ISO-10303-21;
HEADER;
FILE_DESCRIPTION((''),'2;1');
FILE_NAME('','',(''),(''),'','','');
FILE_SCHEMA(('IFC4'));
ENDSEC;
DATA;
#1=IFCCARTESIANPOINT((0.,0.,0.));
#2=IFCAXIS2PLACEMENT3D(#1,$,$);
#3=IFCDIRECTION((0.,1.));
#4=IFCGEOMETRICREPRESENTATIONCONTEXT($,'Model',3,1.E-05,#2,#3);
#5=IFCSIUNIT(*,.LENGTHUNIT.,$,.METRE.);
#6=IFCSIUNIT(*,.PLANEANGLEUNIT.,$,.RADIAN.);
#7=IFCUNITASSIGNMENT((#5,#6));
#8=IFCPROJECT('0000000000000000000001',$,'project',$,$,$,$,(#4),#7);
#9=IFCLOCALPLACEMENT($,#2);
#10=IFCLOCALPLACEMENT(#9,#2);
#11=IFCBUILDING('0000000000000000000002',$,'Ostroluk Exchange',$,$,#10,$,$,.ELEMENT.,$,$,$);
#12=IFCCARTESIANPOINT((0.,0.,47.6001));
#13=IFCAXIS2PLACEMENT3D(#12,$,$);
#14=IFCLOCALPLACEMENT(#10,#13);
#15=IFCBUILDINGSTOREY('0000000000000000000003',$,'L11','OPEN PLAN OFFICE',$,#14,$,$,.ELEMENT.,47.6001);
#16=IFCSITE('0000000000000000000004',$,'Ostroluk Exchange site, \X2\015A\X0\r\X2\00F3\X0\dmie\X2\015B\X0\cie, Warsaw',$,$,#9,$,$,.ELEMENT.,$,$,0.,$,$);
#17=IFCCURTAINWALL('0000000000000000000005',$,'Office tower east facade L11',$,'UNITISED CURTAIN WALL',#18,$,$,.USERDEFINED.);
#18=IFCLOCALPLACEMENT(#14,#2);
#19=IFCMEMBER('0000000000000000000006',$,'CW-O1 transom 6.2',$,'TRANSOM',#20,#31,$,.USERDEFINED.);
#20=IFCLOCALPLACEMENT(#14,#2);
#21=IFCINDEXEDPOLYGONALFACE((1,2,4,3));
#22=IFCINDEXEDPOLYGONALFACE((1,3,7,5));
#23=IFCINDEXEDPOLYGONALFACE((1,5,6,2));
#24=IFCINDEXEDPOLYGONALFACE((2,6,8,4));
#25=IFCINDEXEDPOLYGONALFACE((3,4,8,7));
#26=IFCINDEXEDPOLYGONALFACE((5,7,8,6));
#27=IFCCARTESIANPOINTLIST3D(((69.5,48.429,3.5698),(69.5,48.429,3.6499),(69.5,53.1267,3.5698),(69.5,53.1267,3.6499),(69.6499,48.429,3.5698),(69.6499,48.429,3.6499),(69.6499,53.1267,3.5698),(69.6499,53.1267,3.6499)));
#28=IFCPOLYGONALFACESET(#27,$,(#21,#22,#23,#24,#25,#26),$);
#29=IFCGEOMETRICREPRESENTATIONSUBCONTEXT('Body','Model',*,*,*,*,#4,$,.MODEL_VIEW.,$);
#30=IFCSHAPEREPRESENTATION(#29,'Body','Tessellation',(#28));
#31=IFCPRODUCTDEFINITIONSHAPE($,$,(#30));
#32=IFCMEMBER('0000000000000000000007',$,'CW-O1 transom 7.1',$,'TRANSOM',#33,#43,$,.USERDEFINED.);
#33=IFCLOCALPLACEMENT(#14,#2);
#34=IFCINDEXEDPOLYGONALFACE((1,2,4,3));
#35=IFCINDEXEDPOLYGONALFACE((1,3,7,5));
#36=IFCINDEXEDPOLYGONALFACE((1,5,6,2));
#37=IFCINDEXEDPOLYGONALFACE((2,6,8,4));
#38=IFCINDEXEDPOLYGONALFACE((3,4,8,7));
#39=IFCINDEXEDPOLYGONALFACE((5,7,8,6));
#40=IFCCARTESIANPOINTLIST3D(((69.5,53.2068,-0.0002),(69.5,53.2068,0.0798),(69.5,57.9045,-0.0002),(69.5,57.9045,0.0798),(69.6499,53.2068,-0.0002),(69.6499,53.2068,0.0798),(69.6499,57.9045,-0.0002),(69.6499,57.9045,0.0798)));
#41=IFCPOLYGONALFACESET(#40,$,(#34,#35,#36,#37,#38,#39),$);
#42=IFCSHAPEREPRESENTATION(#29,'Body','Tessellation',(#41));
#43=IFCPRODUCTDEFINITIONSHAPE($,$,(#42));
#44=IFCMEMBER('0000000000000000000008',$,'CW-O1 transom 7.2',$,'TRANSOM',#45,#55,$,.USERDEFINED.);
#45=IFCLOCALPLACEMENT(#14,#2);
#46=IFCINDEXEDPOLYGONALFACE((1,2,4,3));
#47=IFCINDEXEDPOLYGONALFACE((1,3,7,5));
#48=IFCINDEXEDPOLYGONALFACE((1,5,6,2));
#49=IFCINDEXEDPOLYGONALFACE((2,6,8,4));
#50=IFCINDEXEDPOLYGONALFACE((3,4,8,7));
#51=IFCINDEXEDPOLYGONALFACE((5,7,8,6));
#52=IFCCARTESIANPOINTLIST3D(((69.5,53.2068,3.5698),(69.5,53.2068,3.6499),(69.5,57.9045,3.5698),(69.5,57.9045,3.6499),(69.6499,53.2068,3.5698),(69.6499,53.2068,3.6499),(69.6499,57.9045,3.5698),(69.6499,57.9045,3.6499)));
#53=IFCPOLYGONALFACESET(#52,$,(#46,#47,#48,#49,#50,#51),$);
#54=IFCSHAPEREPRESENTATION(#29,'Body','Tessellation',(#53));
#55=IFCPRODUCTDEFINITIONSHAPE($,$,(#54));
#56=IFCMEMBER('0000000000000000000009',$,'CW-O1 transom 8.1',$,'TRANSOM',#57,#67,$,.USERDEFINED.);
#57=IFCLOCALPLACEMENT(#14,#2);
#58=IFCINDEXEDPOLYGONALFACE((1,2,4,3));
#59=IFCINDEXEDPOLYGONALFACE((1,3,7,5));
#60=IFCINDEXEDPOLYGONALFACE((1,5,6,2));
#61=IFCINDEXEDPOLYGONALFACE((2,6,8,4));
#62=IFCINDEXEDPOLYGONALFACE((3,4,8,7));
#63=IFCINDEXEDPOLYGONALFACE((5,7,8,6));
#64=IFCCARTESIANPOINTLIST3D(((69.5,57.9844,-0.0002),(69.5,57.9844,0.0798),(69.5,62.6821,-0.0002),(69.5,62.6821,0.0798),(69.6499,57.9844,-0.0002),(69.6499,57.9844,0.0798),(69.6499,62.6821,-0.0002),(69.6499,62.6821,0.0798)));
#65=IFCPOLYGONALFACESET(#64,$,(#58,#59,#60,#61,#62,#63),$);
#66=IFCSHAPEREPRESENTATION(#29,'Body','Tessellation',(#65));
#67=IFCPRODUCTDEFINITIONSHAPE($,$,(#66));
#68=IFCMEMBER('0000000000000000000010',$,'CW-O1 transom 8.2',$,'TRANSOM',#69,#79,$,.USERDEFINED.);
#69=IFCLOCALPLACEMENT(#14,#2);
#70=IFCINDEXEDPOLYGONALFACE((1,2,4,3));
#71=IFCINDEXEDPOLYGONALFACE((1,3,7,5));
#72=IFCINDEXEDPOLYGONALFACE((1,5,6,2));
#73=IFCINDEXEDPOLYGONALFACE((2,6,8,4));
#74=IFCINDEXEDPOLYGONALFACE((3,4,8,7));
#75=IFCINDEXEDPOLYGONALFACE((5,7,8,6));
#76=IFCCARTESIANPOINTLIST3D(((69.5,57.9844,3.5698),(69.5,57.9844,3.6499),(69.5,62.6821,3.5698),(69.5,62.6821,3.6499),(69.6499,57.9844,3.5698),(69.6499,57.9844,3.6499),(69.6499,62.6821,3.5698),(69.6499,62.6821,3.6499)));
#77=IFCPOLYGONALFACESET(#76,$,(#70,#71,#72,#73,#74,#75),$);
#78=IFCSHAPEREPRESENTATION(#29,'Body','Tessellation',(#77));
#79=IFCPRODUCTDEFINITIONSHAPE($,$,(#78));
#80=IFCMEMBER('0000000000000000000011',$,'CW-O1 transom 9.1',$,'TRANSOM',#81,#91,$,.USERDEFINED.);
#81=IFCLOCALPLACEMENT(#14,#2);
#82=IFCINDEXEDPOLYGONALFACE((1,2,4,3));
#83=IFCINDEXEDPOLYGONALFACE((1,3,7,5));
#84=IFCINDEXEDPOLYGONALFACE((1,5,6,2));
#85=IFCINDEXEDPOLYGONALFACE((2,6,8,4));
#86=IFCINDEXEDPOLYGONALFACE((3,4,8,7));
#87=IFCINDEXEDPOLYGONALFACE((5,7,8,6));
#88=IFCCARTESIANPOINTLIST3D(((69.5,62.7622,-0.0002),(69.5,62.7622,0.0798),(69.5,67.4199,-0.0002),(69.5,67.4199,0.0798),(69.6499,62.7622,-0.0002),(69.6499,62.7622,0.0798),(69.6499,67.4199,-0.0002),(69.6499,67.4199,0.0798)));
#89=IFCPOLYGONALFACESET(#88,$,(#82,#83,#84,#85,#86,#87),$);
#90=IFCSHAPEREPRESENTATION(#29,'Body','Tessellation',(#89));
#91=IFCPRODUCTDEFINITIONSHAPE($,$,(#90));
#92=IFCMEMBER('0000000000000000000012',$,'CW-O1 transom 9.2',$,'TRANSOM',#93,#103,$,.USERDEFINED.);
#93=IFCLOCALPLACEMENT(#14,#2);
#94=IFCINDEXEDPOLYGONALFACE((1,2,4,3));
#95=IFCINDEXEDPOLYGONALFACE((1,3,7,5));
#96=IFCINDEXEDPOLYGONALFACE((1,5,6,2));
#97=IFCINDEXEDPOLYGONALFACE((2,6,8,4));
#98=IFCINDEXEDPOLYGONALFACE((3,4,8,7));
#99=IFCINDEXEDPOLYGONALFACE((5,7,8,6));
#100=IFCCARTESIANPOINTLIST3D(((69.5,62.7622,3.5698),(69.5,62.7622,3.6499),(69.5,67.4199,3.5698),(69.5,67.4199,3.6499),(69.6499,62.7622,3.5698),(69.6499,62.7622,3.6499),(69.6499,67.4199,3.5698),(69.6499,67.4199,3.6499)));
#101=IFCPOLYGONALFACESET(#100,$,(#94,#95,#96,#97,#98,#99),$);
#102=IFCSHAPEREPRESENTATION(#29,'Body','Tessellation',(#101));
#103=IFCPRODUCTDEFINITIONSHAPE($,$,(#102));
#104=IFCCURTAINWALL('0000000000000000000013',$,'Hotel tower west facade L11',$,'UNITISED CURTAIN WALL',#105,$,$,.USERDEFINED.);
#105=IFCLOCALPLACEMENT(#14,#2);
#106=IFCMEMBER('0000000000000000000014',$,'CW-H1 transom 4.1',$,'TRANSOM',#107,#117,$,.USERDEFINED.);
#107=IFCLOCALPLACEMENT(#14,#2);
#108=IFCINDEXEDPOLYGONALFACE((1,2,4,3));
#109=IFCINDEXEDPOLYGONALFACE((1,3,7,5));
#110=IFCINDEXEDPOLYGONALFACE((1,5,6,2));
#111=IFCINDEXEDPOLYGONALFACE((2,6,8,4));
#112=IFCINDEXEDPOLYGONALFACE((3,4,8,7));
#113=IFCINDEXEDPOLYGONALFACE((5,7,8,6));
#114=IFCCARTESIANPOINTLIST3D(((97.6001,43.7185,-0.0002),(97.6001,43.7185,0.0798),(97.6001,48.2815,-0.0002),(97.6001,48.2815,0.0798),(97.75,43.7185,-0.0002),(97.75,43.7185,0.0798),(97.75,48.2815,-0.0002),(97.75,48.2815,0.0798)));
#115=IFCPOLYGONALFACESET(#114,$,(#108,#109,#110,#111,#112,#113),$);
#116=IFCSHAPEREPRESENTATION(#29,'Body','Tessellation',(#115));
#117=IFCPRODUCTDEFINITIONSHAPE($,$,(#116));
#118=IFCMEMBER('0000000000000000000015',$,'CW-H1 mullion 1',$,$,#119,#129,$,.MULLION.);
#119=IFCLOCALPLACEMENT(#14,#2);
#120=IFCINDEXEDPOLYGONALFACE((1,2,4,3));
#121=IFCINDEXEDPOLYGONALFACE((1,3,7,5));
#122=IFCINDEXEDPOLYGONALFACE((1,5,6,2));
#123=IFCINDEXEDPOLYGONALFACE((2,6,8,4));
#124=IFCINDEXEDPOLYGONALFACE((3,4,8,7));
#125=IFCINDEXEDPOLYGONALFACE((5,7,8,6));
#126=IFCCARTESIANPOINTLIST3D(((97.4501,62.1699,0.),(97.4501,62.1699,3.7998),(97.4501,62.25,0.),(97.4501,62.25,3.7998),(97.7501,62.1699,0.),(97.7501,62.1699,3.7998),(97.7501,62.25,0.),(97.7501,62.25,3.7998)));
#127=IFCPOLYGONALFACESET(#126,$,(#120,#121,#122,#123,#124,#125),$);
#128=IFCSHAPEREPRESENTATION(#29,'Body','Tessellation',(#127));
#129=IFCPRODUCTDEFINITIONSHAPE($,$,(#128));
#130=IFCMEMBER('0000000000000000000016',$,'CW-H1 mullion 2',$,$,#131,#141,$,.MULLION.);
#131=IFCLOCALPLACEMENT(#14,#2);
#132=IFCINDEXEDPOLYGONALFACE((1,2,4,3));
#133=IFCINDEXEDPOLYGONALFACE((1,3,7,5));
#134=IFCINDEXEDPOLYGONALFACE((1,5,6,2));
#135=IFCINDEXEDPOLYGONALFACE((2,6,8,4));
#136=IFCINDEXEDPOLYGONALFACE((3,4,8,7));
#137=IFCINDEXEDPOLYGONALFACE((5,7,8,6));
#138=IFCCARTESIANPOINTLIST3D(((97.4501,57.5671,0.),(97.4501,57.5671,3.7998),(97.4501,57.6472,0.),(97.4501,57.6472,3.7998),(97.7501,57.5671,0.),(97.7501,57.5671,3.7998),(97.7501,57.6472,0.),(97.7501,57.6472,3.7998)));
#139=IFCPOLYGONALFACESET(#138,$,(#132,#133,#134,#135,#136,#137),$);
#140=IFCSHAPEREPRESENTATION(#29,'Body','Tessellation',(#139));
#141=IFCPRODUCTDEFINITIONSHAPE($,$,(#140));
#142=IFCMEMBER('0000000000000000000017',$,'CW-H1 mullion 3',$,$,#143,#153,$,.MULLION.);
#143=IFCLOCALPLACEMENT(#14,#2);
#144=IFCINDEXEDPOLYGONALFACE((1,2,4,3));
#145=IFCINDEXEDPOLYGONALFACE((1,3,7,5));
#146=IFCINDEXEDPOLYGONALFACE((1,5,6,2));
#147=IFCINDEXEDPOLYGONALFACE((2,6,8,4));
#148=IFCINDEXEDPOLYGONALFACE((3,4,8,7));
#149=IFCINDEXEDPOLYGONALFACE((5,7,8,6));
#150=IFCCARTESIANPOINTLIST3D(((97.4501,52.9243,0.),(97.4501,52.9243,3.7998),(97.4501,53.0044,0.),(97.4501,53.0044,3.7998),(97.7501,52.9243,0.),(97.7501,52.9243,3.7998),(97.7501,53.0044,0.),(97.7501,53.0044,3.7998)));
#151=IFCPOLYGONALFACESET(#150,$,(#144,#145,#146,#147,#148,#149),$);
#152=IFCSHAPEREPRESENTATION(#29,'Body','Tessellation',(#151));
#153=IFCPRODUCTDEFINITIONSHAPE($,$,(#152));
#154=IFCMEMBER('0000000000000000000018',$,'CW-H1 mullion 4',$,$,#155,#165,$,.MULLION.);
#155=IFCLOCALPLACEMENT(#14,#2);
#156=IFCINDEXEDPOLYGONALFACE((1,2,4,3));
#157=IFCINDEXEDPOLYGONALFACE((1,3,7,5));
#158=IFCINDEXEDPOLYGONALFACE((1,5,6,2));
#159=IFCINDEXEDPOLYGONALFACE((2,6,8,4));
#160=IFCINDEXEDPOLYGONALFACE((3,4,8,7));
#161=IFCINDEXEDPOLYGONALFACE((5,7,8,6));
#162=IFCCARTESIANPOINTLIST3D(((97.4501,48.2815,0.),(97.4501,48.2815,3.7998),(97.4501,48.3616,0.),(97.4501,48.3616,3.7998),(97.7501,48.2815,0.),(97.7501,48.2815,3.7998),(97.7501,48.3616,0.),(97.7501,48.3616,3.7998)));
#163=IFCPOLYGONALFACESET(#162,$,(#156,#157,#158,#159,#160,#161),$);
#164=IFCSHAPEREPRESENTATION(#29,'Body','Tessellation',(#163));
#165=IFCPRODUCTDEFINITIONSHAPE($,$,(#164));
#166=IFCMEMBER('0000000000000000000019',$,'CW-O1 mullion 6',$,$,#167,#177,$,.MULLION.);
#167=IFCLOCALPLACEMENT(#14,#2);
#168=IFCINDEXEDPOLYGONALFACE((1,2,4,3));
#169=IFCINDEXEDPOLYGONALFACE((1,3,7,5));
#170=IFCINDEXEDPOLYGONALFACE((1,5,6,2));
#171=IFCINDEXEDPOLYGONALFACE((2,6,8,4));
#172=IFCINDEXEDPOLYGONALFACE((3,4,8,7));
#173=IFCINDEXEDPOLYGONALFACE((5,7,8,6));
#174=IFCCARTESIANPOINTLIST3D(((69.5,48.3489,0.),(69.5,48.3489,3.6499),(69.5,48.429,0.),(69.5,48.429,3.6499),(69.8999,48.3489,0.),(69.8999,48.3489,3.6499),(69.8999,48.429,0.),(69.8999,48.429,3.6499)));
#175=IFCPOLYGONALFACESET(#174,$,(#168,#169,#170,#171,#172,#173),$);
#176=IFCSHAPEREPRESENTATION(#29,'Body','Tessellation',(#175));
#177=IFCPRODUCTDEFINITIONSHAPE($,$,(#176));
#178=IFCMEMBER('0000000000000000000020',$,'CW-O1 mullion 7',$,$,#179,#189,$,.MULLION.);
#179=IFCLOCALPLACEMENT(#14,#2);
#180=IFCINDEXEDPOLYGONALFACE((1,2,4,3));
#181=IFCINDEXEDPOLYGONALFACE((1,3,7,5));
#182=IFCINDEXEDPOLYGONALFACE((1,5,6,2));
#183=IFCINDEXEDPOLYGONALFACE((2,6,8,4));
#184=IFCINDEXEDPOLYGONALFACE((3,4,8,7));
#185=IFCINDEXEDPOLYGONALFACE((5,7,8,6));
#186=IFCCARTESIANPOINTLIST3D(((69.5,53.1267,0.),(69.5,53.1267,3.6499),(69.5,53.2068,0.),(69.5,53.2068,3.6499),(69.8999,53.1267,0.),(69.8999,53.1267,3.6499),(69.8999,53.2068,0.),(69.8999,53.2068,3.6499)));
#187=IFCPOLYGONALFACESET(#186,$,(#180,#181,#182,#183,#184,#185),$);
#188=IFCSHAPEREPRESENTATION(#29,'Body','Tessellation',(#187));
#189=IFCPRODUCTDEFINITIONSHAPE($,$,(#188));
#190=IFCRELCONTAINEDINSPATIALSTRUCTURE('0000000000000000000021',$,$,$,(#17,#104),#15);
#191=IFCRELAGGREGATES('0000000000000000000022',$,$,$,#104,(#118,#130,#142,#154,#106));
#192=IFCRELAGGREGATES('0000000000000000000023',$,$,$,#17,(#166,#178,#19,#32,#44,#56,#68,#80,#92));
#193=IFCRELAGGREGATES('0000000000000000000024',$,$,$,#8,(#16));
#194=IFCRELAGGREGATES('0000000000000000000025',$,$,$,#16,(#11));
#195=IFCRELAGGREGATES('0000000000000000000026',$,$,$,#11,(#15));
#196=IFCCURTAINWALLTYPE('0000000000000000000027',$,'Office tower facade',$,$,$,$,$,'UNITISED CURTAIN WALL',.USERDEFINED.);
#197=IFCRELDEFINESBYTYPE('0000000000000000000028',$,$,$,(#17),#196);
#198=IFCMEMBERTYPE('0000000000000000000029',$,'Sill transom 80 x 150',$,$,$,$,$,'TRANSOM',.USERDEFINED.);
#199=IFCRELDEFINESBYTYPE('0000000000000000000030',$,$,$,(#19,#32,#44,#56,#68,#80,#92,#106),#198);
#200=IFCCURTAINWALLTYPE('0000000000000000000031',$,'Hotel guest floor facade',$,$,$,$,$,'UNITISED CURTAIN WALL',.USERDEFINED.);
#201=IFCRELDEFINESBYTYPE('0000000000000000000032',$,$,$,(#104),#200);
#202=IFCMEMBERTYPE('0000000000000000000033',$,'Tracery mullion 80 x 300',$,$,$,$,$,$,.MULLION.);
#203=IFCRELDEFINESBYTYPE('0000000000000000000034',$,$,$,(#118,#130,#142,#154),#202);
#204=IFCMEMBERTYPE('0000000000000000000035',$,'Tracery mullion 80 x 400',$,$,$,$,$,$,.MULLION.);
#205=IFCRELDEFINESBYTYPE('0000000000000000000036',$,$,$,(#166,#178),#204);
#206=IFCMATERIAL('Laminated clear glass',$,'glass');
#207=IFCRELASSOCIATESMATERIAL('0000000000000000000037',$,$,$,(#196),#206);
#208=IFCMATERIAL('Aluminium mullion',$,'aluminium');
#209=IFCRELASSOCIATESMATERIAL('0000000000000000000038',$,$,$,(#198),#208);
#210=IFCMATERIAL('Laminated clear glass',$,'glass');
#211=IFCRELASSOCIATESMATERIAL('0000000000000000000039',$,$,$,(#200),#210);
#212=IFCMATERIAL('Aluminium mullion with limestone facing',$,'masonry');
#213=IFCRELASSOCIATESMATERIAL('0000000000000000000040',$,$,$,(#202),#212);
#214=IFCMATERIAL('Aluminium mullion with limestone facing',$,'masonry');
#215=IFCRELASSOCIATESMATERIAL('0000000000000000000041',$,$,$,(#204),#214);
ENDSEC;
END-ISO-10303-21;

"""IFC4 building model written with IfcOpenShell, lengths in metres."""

from ifc_helpers import new_model, si_unit, direction, frame, origin, origin_2d, place, context, subcontext, project, spatial, rectangle, extrude, material, material_profile, profile_set, type_object, element, aggregate, save


model = new_model("IFC4")

# Units and contexts
model_context = context("Model", 3, precision=1e-05, world=origin(), true_north=direction((0.0, 1.0)))
body_context = subcontext(model_context, "Body", "Model", "MODEL_VIEW")
ifc_project = project(units=[si_unit("LENGTHUNIT", "METRE"), si_unit("PLANEANGLEUNIT", "RADIAN")], contexts=[model_context])

# Site, building, storey
site_placement = place(None, origin())
site = spatial("IfcSite", under=ifc_project, at=site_placement, Name="Ostroluk Exchange site, Śródmieście, Warsaw", CompositionType="ELEMENT", RefElevation=0.0)
building_placement = place(site_placement, origin())
building = spatial("IfcBuilding", under=site, at=building_placement, Name="Ostroluk Exchange", CompositionType="ELEMENT")
storey_placement = place(building_placement, frame((0.0, 0.0, 47.6001)))
storey = spatial("IfcBuildingStorey", under=building, at=storey_placement, Name="L11", Description="OPEN PLAN OFFICE", CompositionType="ELEMENT", Elevation=47.6001)

# Curtain walls, members
ifc_material_1 = material(Name="Laminated clear glass", Category="glass")
curtain_wall_type_1 = type_object("IfcCurtainWallType", Name="Office tower facade", ElementType="UNITISED CURTAIN WALL", PredefinedType="USERDEFINED", material=ifc_material_1)
curtain_wall_1_placement = place(storey_placement, origin())
curtain_wall_1 = element("IfcCurtainWall", 1, at=curtain_wall_1_placement, inside=storey, type_object=curtain_wall_type_1, Name="Office tower east facade L11", ObjectType="UNITISED CURTAIN WALL", PredefinedType="USERDEFINED")
ifc_material_2 = material(Name="Aluminium mullion", Category="aluminium")
ifc_material_profile_1 = material_profile(ifc_material_2, rectangle(XDim=0.1499, YDim=0.0801, at=origin_2d()), Name="Sill transom 80 x 150")
ifc_profile_set_1 = profile_set([ifc_material_profile_1], Name="Aluminium mullion")
member_type_1 = type_object("IfcMemberType", Name="Sill transom 80 x 150", ElementType="TRANSOM", PredefinedType="USERDEFINED", material=ifc_profile_set_1)
member_1_placement = place(storey_placement, frame((69.575, 48.429, 3.6099), z_axis=(0.0, 1.0, 0.0), x_axis=(-1.0, 0.0, 0.0)))
member_1 = element("IfcMember", 2, at=member_1_placement, type_object=member_type_1, Name="CW-O1 transom 6.2", ObjectType="TRANSOM", PredefinedType="USERDEFINED", context=body_context, shape_type="SweptSolid", body=[
    extrude(rectangle(XDim=0.1499, YDim=0.0801, at=origin_2d()), origin(), (0.0, 0.0, 1.0), 4.6978),
])
member_2_placement = place(storey_placement, frame((69.575, 53.2068, 0.0398), z_axis=(0.0, 1.0, 0.0), x_axis=(-1.0, 0.0, 0.0)))
member_2 = element("IfcMember", 3, at=member_2_placement, type_object=member_type_1, Name="CW-O1 transom 7.1", ObjectType="TRANSOM", PredefinedType="USERDEFINED", context=body_context, shape_type="SweptSolid", body=[
    extrude(rectangle(XDim=0.1499, YDim=0.0801, at=origin_2d()), origin(), (0.0, 0.0, 1.0), 4.6978),
])
member_3_placement = place(storey_placement, frame((69.575, 53.2068, 3.6099), z_axis=(0.0, 1.0, 0.0), x_axis=(-1.0, 0.0, 0.0)))
member_3 = element("IfcMember", 4, at=member_3_placement, type_object=member_type_1, Name="CW-O1 transom 7.2", ObjectType="TRANSOM", PredefinedType="USERDEFINED", context=body_context, shape_type="SweptSolid", body=[
    extrude(rectangle(XDim=0.1499, YDim=0.0801, at=origin_2d()), origin(), (0.0, 0.0, 1.0), 4.6978),
])
member_4_placement = place(storey_placement, frame((69.575, 57.9844, 0.0398), z_axis=(0.0, 1.0, 0.0), x_axis=(-1.0, 0.0, 0.0)))
member_4 = element("IfcMember", 5, at=member_4_placement, type_object=member_type_1, Name="CW-O1 transom 8.1", ObjectType="TRANSOM", PredefinedType="USERDEFINED", context=body_context, shape_type="SweptSolid", body=[
    extrude(rectangle(XDim=0.1499, YDim=0.0801, at=origin_2d()), origin(), (0.0, 0.0, 1.0), 4.6978),
])
member_5_placement = place(storey_placement, frame((69.575, 57.9844, 3.6099), z_axis=(0.0, 1.0, 0.0), x_axis=(-1.0, 0.0, 0.0)))
member_5 = element("IfcMember", 6, at=member_5_placement, type_object=member_type_1, Name="CW-O1 transom 8.2", ObjectType="TRANSOM", PredefinedType="USERDEFINED", context=body_context, shape_type="SweptSolid", body=[
    extrude(rectangle(XDim=0.1499, YDim=0.0801, at=origin_2d()), origin(), (0.0, 0.0, 1.0), 4.6978),
])
member_6_placement = place(storey_placement, frame((69.575, 62.7622, 0.0398), z_axis=(0.0, 1.0, 0.0), x_axis=(-1.0, 0.0, 0.0)))
member_6 = element("IfcMember", 7, at=member_6_placement, type_object=member_type_1, Name="CW-O1 transom 9.1", ObjectType="TRANSOM", PredefinedType="USERDEFINED", context=body_context, shape_type="SweptSolid", body=[
    extrude(rectangle(XDim=0.1499, YDim=0.0801, at=origin_2d()), origin(), (0.0, 0.0, 1.0), 4.6577),
])
member_7_placement = place(storey_placement, frame((69.575, 62.7622, 3.6099), z_axis=(0.0, 1.0, 0.0), x_axis=(-1.0, 0.0, 0.0)))
member_7 = element("IfcMember", 8, at=member_7_placement, type_object=member_type_1, Name="CW-O1 transom 9.2", ObjectType="TRANSOM", PredefinedType="USERDEFINED", context=body_context, shape_type="SweptSolid", body=[
    extrude(rectangle(XDim=0.1499, YDim=0.0801, at=origin_2d()), origin(), (0.0, 0.0, 1.0), 4.6577),
])
ifc_material_3 = material(Name="Laminated clear glass", Category="glass")
curtain_wall_type_2 = type_object("IfcCurtainWallType", Name="Hotel guest floor facade", ElementType="UNITISED CURTAIN WALL", PredefinedType="USERDEFINED", material=ifc_material_3)
curtain_wall_2_placement = place(storey_placement, origin())
curtain_wall_2 = element("IfcCurtainWall", 9, at=curtain_wall_2_placement, inside=storey, type_object=curtain_wall_type_2, Name="Hotel tower west facade L11", ObjectType="UNITISED CURTAIN WALL", PredefinedType="USERDEFINED")
member_8_placement = place(storey_placement, frame((97.675, 48.2815, 0.0398), z_axis=(0.0, -1.0, 0.0), x_axis=(1.0, 0.0, 0.0)))
member_8 = element("IfcMember", 10, at=member_8_placement, type_object=member_type_1, Name="CW-H1 transom 4.1", ObjectType="TRANSOM", PredefinedType="USERDEFINED", context=body_context, shape_type="SweptSolid", body=[
    extrude(rectangle(XDim=0.1499, YDim=0.0801, at=origin_2d()), origin(), (0.0, 0.0, 1.0), 4.563),
])
ifc_material_4 = material(Name="Aluminium mullion with limestone facing", Category="masonry")
ifc_material_profile_2 = material_profile(ifc_material_4, rectangle(XDim=0.3, YDim=0.0801, at=origin_2d()), Name="Tracery mullion 80 x 300")
ifc_profile_set_2 = profile_set([ifc_material_profile_2], Name="Aluminium mullion with limestone facing")
member_type_2 = type_object("IfcMemberType", Name="Tracery mullion 80 x 300", PredefinedType="MULLION", material=ifc_profile_set_2)
member_9_placement = place(storey_placement, frame((97.6001, 62.21, 0.0), z_axis=(0.0, 0.0, 1.0), x_axis=(1.0, 0.0, 0.0)))
member_9 = element("IfcMember", 11, at=member_9_placement, type_object=member_type_2, Name="CW-H1 mullion 1", PredefinedType="MULLION", context=body_context, shape_type="SweptSolid", body=[
    extrude(rectangle(XDim=0.3, YDim=0.0801, at=origin_2d()), origin(), (0.0, 0.0, 1.0), 3.7998),
])
member_10_placement = place(storey_placement, frame((97.6001, 57.6072, 0.0), z_axis=(0.0, 0.0, 1.0), x_axis=(1.0, 0.0, 0.0)))
member_10 = element("IfcMember", 12, at=member_10_placement, type_object=member_type_2, Name="CW-H1 mullion 2", PredefinedType="MULLION", context=body_context, shape_type="SweptSolid", body=[
    extrude(rectangle(XDim=0.3, YDim=0.0801, at=origin_2d()), origin(), (0.0, 0.0, 1.0), 3.7998),
])
member_11_placement = place(storey_placement, frame((97.6001, 52.9644, 0.0), z_axis=(0.0, 0.0, 1.0), x_axis=(1.0, 0.0, 0.0)))
member_11 = element("IfcMember", 13, at=member_11_placement, type_object=member_type_2, Name="CW-H1 mullion 3", PredefinedType="MULLION", context=body_context, shape_type="SweptSolid", body=[
    extrude(rectangle(XDim=0.3, YDim=0.0801, at=origin_2d()), origin(), (0.0, 0.0, 1.0), 3.7998),
])
member_12_placement = place(storey_placement, frame((97.6001, 48.3215, 0.0), z_axis=(0.0, 0.0, 1.0), x_axis=(1.0, 0.0, 0.0)))
member_12 = element("IfcMember", 14, at=member_12_placement, type_object=member_type_2, Name="CW-H1 mullion 4", PredefinedType="MULLION", context=body_context, shape_type="SweptSolid", body=[
    extrude(rectangle(XDim=0.3, YDim=0.0801, at=origin_2d()), origin(), (0.0, 0.0, 1.0), 3.7998),
])

# Members
ifc_material_5 = material(Name="Aluminium mullion with limestone facing", Category="masonry")
ifc_material_profile_3 = material_profile(ifc_material_5, rectangle(XDim=0.3999, YDim=0.0801, at=origin_2d()), Name="Tracery mullion 80 x 400")
ifc_profile_set_3 = profile_set([ifc_material_profile_3], Name="Aluminium mullion with limestone facing")
member_type_3 = type_object("IfcMemberType", Name="Tracery mullion 80 x 400", PredefinedType="MULLION", material=ifc_profile_set_3)
member_13_placement = place(storey_placement, frame((69.7, 48.3889, 0.0), z_axis=(0.0, 0.0, 1.0), x_axis=(-1.0, 0.0, 0.0)))
member_13 = element("IfcMember", 15, at=member_13_placement, type_object=member_type_3, Name="CW-O1 mullion 6", PredefinedType="MULLION", context=body_context, shape_type="SweptSolid", body=[
    extrude(rectangle(XDim=0.3999, YDim=0.0801, at=origin_2d()), origin(), (0.0, 0.0, 1.0), 3.6499),
])
member_14_placement = place(storey_placement, frame((69.7, 53.1667, 0.0), z_axis=(0.0, 0.0, 1.0), x_axis=(-1.0, 0.0, 0.0)))
member_14 = element("IfcMember", 16, at=member_14_placement, type_object=member_type_3, Name="CW-O1 mullion 7", PredefinedType="MULLION", context=body_context, shape_type="SweptSolid", body=[
    extrude(rectangle(XDim=0.3999, YDim=0.0801, at=origin_2d()), origin(), (0.0, 0.0, 1.0), 3.6499),
])

aggregate(curtain_wall_2, [member_9, member_10, member_11, member_12, member_8])
aggregate(curtain_wall_1, [member_13, member_14, member_1, member_2, member_3, member_4, member_5, member_6, member_7])

save(model, "model.ifc")
